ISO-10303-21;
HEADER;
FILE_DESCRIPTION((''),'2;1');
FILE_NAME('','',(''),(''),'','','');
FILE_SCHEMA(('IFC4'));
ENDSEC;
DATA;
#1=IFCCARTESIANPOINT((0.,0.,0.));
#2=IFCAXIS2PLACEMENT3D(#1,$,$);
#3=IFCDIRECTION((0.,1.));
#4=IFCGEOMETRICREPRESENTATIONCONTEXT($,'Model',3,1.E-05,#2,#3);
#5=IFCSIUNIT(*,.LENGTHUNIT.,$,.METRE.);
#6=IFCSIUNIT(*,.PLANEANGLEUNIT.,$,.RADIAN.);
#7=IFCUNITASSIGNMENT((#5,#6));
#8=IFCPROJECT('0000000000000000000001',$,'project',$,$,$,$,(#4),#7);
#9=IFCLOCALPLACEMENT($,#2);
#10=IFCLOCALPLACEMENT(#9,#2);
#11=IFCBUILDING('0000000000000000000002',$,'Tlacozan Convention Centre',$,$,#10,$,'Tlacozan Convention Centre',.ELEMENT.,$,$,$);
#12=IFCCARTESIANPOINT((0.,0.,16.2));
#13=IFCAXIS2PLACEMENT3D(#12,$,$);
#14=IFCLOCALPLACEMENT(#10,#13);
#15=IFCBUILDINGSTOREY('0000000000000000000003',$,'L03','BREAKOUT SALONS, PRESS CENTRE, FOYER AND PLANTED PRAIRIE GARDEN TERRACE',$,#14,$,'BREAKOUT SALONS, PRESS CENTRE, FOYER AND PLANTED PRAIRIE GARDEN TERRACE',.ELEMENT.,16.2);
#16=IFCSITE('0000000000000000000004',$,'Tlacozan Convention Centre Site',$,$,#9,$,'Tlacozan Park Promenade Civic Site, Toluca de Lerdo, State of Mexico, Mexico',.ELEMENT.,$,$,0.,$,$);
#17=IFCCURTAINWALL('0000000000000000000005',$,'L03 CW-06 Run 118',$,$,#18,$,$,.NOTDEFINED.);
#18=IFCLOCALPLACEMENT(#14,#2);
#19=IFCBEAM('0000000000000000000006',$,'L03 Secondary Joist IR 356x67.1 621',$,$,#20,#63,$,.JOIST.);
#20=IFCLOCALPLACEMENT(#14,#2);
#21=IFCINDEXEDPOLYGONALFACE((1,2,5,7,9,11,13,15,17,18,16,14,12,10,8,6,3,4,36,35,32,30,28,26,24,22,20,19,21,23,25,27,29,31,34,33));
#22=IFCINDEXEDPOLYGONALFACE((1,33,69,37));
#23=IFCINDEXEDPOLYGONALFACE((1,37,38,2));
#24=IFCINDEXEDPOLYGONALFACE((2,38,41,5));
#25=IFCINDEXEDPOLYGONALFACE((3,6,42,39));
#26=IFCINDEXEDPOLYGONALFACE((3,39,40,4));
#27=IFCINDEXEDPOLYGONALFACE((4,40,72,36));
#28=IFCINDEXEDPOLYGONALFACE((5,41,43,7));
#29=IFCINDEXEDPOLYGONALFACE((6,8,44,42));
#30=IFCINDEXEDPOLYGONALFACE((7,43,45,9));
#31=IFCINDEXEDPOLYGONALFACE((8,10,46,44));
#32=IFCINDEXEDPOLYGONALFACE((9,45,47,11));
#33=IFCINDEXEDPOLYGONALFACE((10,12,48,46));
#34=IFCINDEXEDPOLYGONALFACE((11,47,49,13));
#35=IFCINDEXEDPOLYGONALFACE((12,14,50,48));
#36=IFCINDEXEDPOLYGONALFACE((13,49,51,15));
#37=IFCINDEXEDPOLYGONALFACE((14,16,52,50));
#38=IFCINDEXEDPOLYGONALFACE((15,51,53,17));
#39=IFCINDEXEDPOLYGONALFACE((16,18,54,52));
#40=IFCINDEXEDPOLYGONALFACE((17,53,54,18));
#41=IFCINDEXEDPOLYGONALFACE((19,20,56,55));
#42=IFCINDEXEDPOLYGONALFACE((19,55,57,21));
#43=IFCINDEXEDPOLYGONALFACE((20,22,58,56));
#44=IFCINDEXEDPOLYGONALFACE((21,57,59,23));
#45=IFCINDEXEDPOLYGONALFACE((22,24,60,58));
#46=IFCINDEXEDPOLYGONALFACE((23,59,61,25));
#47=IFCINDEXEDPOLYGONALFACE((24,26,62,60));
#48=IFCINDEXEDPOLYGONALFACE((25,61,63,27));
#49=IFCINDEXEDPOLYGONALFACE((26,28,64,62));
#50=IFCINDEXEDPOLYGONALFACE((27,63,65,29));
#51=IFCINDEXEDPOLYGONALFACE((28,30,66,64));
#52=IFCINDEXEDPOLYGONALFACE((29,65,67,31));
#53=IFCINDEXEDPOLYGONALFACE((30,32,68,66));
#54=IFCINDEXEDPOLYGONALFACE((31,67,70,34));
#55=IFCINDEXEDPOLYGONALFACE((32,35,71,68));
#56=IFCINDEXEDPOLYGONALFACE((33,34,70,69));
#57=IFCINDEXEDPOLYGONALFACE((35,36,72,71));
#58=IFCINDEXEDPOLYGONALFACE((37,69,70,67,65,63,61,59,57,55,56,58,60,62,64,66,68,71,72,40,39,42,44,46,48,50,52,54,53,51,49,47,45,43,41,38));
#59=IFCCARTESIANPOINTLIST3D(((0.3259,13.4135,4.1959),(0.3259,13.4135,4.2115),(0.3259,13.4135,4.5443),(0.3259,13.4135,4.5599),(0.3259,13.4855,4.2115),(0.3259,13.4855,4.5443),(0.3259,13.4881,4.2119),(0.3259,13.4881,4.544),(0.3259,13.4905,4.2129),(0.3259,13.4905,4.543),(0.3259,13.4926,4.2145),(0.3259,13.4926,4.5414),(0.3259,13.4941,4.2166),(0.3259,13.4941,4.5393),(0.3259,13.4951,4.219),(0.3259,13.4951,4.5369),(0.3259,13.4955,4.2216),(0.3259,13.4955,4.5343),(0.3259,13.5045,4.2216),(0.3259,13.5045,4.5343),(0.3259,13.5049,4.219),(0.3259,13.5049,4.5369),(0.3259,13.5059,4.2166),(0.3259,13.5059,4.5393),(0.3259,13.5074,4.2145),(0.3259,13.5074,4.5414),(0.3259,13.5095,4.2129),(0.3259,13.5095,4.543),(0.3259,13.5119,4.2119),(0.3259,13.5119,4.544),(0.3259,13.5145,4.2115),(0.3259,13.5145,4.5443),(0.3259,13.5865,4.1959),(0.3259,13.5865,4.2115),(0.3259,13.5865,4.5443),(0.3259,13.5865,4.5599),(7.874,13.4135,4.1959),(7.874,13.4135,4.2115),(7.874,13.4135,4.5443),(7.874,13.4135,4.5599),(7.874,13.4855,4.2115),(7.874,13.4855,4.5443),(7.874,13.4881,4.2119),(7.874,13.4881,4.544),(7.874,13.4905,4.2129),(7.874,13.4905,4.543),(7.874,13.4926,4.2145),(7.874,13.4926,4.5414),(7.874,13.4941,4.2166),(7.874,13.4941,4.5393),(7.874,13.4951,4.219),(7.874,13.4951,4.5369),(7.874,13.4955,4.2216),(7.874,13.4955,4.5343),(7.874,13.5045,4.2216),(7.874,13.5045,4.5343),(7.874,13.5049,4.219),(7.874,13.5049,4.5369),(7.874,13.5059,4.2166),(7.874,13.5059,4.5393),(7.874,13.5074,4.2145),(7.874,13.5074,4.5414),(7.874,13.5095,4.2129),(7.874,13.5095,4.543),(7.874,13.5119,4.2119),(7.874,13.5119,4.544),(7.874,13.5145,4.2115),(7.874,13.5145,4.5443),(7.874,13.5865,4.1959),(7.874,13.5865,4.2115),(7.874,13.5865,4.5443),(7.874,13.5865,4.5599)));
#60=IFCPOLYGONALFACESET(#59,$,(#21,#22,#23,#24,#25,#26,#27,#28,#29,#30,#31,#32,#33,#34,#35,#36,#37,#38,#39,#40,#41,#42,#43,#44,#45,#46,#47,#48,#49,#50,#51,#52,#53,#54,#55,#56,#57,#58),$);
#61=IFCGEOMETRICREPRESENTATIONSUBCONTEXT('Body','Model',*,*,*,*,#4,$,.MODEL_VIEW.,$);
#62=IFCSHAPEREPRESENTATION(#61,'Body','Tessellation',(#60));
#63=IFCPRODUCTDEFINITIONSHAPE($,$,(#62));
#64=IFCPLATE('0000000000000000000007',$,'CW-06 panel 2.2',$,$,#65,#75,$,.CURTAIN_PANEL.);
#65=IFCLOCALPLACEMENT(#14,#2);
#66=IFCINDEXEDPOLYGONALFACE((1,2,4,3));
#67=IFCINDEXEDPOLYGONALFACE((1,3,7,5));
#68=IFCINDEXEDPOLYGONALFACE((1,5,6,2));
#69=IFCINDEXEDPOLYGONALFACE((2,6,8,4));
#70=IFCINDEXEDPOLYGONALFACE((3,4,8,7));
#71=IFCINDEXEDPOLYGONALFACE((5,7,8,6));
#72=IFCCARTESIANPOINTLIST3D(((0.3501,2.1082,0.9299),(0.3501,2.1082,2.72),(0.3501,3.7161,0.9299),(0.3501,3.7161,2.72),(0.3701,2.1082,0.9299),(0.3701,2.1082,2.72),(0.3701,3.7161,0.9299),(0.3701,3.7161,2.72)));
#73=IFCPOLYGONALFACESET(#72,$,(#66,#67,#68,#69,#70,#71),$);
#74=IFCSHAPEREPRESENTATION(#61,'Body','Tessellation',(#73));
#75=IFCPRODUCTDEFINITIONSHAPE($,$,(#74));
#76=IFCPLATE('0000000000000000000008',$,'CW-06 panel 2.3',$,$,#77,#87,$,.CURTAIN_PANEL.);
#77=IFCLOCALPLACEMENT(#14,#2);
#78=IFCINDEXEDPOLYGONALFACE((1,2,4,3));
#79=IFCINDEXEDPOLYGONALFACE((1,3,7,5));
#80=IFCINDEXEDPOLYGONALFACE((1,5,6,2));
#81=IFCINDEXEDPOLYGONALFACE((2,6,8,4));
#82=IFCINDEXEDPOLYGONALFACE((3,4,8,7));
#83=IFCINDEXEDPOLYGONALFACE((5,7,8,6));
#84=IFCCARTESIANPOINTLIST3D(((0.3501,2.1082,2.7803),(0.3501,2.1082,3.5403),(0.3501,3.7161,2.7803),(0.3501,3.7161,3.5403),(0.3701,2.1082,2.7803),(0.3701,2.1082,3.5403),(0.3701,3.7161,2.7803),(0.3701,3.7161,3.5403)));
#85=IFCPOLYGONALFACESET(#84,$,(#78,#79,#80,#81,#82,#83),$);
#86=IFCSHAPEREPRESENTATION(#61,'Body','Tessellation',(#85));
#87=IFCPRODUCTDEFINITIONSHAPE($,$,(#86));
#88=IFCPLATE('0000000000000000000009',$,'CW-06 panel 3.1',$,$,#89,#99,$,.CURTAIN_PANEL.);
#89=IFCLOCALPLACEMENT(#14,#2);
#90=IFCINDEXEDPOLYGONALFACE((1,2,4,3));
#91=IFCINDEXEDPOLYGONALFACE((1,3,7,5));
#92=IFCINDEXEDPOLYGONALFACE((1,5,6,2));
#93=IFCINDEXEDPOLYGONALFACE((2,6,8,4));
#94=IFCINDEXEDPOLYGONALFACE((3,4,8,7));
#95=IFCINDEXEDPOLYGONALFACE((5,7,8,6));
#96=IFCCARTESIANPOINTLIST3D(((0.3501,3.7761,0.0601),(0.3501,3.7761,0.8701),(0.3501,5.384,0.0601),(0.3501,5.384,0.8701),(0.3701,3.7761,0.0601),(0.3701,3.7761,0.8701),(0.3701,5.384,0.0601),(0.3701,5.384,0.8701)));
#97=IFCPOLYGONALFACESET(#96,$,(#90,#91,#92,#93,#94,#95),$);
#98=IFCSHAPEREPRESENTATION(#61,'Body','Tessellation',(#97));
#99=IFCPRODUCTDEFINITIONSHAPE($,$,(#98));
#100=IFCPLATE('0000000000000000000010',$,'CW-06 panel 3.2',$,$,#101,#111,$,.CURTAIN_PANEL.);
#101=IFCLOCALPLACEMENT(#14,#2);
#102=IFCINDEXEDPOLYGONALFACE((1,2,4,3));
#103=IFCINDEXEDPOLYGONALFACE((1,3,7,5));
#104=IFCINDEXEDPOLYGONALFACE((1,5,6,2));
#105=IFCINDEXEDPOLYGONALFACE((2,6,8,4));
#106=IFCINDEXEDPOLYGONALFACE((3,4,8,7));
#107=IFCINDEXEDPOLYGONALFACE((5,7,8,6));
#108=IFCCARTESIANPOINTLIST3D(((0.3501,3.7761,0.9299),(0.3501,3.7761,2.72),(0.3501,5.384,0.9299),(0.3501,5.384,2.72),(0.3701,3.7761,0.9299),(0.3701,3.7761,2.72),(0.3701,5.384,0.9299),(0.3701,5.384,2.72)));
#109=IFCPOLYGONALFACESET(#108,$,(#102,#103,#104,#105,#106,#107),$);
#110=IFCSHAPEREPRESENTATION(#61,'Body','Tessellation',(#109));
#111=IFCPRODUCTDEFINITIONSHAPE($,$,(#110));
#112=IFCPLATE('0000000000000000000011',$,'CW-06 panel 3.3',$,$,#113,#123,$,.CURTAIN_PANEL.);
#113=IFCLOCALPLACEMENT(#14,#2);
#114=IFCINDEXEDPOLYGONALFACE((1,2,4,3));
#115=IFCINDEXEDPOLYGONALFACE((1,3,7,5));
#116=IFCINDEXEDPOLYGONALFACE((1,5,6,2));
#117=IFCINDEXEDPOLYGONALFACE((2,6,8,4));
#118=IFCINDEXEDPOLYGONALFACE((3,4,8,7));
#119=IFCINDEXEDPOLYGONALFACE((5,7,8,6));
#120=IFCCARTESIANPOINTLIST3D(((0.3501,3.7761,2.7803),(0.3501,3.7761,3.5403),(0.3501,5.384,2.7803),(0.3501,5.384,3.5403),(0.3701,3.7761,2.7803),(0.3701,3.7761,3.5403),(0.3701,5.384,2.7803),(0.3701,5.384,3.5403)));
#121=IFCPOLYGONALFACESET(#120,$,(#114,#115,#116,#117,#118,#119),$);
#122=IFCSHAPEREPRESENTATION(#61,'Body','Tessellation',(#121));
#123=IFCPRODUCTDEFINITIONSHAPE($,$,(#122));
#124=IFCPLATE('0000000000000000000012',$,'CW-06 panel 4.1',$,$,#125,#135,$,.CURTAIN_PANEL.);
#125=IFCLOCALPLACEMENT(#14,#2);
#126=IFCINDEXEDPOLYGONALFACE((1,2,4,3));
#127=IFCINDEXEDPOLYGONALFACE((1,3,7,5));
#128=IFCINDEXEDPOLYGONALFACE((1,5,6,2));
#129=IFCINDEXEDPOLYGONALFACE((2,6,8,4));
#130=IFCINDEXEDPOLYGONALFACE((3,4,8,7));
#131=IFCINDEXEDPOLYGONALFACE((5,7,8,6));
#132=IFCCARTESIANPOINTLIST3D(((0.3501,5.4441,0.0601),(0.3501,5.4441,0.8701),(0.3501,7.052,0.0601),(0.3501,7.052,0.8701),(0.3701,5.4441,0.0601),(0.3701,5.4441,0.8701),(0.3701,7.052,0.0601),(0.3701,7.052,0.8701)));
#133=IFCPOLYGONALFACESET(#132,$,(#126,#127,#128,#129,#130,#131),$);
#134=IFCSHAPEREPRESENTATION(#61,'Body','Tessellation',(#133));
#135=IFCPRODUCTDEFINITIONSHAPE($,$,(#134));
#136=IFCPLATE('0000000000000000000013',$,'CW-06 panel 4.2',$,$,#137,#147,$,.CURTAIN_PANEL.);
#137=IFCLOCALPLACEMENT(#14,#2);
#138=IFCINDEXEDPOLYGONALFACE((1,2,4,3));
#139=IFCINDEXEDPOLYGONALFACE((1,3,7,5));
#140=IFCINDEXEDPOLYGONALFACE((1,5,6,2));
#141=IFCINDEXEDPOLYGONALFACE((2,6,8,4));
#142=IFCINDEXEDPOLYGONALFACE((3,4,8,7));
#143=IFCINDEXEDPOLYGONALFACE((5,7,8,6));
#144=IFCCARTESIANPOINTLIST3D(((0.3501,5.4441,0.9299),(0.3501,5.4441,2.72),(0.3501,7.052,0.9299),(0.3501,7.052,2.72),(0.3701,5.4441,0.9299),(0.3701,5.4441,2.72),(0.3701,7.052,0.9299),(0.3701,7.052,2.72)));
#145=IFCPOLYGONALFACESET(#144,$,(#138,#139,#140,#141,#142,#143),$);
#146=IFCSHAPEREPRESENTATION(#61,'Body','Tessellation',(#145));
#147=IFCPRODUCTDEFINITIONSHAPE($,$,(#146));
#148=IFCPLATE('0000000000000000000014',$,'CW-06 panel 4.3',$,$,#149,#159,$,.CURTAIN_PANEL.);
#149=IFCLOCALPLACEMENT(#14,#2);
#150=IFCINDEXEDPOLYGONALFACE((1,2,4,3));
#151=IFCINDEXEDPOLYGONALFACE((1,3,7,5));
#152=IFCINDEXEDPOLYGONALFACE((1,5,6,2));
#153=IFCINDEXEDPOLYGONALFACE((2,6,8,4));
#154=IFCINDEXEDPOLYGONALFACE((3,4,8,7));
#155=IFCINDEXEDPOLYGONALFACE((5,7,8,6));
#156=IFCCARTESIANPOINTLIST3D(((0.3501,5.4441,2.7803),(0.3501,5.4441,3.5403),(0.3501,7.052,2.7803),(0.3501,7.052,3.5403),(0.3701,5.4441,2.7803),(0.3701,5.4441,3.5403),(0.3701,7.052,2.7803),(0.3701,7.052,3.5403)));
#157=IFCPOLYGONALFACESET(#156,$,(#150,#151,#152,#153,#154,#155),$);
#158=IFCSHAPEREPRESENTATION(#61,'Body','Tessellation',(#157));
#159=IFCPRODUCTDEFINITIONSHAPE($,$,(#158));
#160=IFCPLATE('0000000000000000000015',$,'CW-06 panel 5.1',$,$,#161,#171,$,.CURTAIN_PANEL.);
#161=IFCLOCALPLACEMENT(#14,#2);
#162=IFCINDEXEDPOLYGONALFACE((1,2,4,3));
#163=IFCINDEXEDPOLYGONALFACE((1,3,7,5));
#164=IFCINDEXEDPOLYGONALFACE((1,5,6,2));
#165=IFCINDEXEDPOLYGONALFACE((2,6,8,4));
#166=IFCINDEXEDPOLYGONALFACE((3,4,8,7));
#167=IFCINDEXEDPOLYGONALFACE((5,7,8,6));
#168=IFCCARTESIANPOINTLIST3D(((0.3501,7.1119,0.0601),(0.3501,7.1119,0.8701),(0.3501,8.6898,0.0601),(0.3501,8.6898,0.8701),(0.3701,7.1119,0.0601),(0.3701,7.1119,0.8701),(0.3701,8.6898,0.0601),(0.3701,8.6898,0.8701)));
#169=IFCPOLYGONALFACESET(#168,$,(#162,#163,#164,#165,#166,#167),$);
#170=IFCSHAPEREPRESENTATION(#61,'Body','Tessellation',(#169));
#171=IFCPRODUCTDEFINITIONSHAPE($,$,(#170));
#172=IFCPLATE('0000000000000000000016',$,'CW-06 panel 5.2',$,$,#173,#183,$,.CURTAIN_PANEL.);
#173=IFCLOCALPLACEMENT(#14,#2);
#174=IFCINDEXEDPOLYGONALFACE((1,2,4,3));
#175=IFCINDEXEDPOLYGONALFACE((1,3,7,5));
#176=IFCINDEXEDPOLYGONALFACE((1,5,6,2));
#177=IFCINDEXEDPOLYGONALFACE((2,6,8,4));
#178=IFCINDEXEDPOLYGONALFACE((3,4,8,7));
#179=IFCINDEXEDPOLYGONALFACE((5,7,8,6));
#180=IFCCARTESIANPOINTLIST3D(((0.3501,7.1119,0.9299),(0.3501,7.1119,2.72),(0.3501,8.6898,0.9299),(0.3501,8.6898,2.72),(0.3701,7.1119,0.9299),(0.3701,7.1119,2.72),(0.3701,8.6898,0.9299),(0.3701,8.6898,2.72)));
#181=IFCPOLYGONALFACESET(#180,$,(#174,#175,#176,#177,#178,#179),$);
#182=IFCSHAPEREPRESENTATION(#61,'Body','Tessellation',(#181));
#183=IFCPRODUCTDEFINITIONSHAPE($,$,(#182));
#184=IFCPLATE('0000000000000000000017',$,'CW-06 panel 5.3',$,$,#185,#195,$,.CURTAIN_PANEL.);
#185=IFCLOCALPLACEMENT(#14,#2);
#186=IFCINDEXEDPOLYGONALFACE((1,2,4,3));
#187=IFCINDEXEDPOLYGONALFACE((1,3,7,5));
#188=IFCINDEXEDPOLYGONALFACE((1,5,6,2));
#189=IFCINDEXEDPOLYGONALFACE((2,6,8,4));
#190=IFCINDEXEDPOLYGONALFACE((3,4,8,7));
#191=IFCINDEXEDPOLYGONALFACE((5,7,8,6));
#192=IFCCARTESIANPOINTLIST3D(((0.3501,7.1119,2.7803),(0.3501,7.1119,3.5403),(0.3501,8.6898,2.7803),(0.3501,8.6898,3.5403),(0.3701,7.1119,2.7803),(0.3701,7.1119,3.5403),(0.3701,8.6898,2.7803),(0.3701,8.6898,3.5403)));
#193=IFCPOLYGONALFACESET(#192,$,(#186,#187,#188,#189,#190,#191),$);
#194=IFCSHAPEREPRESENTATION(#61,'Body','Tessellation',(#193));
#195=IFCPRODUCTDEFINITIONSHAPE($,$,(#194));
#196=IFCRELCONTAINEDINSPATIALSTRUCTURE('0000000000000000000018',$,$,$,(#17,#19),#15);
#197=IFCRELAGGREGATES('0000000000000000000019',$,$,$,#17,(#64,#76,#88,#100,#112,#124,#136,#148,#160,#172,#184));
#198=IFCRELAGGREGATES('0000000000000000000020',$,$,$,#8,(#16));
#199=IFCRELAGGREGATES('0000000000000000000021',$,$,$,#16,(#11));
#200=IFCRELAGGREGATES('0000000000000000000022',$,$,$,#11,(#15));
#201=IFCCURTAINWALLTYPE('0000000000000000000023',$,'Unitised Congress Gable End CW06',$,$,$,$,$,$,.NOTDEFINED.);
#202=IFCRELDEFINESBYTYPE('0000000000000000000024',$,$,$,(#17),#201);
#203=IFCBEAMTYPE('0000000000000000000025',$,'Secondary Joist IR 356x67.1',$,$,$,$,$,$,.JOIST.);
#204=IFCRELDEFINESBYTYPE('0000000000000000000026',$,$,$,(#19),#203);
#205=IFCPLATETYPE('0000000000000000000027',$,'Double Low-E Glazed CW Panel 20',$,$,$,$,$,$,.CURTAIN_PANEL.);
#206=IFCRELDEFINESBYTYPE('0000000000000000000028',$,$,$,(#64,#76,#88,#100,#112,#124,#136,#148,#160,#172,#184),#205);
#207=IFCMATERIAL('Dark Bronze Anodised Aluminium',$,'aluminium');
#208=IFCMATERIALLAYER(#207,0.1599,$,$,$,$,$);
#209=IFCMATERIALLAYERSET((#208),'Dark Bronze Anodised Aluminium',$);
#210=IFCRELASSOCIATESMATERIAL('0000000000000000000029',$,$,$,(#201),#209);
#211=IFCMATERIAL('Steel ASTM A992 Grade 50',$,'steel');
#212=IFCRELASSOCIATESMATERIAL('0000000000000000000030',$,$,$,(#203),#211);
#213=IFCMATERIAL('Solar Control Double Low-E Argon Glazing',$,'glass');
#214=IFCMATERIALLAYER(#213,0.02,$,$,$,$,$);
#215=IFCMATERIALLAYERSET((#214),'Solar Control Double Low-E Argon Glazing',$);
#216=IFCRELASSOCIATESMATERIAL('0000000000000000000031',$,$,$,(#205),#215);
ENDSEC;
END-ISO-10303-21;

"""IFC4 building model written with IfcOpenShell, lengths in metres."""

from ifc_helpers import new_model, si_unit, direction, frame, origin, origin_2d, place, context, subcontext, project, spatial, rectangle, i_section, extrude, material, layer, layer_set, material_profile, profile_set, type_object, element, aggregate, save


model = new_model("IFC4")

# Units and contexts
model_context = context("Model", 3, precision=1e-05, world=origin(), true_north=direction((0.0, 1.0)))
body_context = subcontext(model_context, "Body", "Model", "MODEL_VIEW")
ifc_project = project(units=[si_unit("LENGTHUNIT", "METRE"), si_unit("PLANEANGLEUNIT", "RADIAN")], contexts=[model_context])

# Site, building, storey
site_placement = place(None, origin())
site = spatial("IfcSite", under=ifc_project, at=site_placement, Name="Tlacozan Convention Centre Site", LongName="Tlacozan Park Promenade Civic Site, Toluca de Lerdo, State of Mexico, Mexico", CompositionType="ELEMENT", RefElevation=0.0)
building_placement = place(site_placement, origin())
building = spatial("IfcBuilding", under=site, at=building_placement, Name="Tlacozan Convention Centre", LongName="Tlacozan Convention Centre", CompositionType="ELEMENT")
storey_placement = place(building_placement, frame((0.0, 0.0, 16.2)))
storey = spatial("IfcBuildingStorey", under=building, at=storey_placement, Name="L03", Description="BREAKOUT SALONS, PRESS CENTRE, FOYER AND PLANTED PRAIRIE GARDEN TERRACE", LongName="BREAKOUT SALONS, PRESS CENTRE, FOYER AND PLANTED PRAIRIE GARDEN TERRACE", CompositionType="ELEMENT", Elevation=16.2)

# Curtain wall
ifc_material_1 = material(Name="Dark Bronze Anodised Aluminium", Category="aluminium")
ifc_layer_1 = layer(ifc_material_1, 0.1599)
ifc_layer_set_1 = layer_set([ifc_layer_1], Name="Dark Bronze Anodised Aluminium")
curtain_wall_type = type_object("IfcCurtainWallType", Name="Unitised Congress Gable End CW06", PredefinedType="NOTDEFINED", material=ifc_layer_set_1)
curtain_wall_1_placement = place(storey_placement, origin())
curtain_wall_1 = element("IfcCurtainWall", 1, at=curtain_wall_1_placement, inside=storey, type_object=curtain_wall_type, Name="L03 CW-06 Run 118", PredefinedType="NOTDEFINED")

# Beam
ifc_material_2 = material(Name="Steel ASTM A992 Grade 50", Category="steel")
ifc_material_profile_1 = material_profile(ifc_material_2, i_section(OverallWidth=0.1731, OverallDepth=0.364, WebThickness=0.009, FlangeThickness=0.0156, FilletRadius=0.01, at=origin_2d()), Name="IR 356x67.1")
ifc_profile_set_1 = profile_set([ifc_material_profile_1], Name="Steel ASTM A992 Grade 50")
beam_type_1 = type_object("IfcBeamType", Name="Secondary Joist IR 356x67.1", PredefinedType="JOIST", material=ifc_profile_set_1)
for number, where, z_axis, x_axis, name in (
    (2, (0.3259, 13.5, 4.3779), (1.0, 0.0, 0.0), (0.0, 1.0, 0.0), "L03 Secondary Joist IR 356x67.1 621"),
):
    element("IfcBeam", number, at=place(storey_placement, frame(where, z_axis=z_axis, x_axis=x_axis)), inside=storey, type_object=beam_type_1, Name=name, PredefinedType="JOIST", context=body_context, shape_type="SweptSolid", body=[
        extrude(i_section(OverallWidth=0.1731, OverallDepth=0.364, WebThickness=0.009, FlangeThickness=0.0156, FilletRadius=0.01, at=origin_2d()), origin(), (0.0, 0.0, 1.0), 7.5481),
    ])

# Plates
ifc_material_3 = material(Name="Solar Control Double Low-E Argon Glazing", Category="glass")
ifc_layer_2 = layer(ifc_material_3, 0.02)
ifc_layer_set_2 = layer_set([ifc_layer_2], Name="Solar Control Double Low-E Argon Glazing")
plate_type = type_object("IfcPlateType", Name="Double Low-E Glazed CW Panel 20", PredefinedType="CURTAIN_PANEL", material=ifc_layer_set_2)
plate_1_placement = place(storey_placement, frame((0.3601, 2.9121, 0.9299), z_axis=(0.0, 0.0, 1.0), x_axis=(0.0, 1.0, 0.0)))
plate_1 = element("IfcPlate", 3, at=plate_1_placement, type_object=plate_type, Name="CW-06 panel 2.2", PredefinedType="CURTAIN_PANEL", context=body_context, shape_type="SweptSolid", body=[
    extrude(rectangle(XDim=1.6079, YDim=0.02, at=origin_2d()), origin(), (0.0, 0.0, 1.0), 1.79),
])
plate_2_placement = place(storey_placement, frame((0.3601, 2.9121, 2.7803), z_axis=(0.0, 0.0, 1.0), x_axis=(0.0, 1.0, 0.0)))
plate_2 = element("IfcPlate", 4, at=plate_2_placement, type_object=plate_type, Name="CW-06 panel 2.3", PredefinedType="CURTAIN_PANEL", context=body_context, shape_type="SweptSolid", body=[
    extrude(rectangle(XDim=1.6079, YDim=0.02, at=origin_2d()), origin(), (0.0, 0.0, 1.0), 0.76),
])
plate_3_placement = place(storey_placement, frame((0.3601, 4.5801, 0.0601), z_axis=(0.0, 0.0, 1.0), x_axis=(0.0, 1.0, 0.0)))
plate_3 = element("IfcPlate", 5, at=plate_3_placement, type_object=plate_type, Name="CW-06 panel 3.1", PredefinedType="CURTAIN_PANEL", context=body_context, shape_type="SweptSolid", body=[
    extrude(rectangle(XDim=1.6079, YDim=0.02, at=origin_2d()), origin(), (0.0, 0.0, 1.0), 0.8101),
])
plate_4_placement = place(storey_placement, frame((0.3601, 4.5801, 0.9299), z_axis=(0.0, 0.0, 1.0), x_axis=(0.0, 1.0, 0.0)))
plate_4 = element("IfcPlate", 6, at=plate_4_placement, type_object=plate_type, Name="CW-06 panel 3.2", PredefinedType="CURTAIN_PANEL", context=body_context, shape_type="SweptSolid", body=[
    extrude(rectangle(XDim=1.6079, YDim=0.02, at=origin_2d()), origin(), (0.0, 0.0, 1.0), 1.79),
])
plate_5_placement = place(storey_placement, frame((0.3601, 4.5801, 2.7803), z_axis=(0.0, 0.0, 1.0), x_axis=(0.0, 1.0, 0.0)))
plate_5 = element("IfcPlate", 7, at=plate_5_placement, type_object=plate_type, Name="CW-06 panel 3.3", PredefinedType="CURTAIN_PANEL", context=body_context, shape_type="SweptSolid", body=[
    extrude(rectangle(XDim=1.6079, YDim=0.02, at=origin_2d()), origin(), (0.0, 0.0, 1.0), 0.76),
])
plate_6_placement = place(storey_placement, frame((0.3601, 6.248, 0.0601), z_axis=(0.0, 0.0, 1.0), x_axis=(0.0, 1.0, 0.0)))
plate_6 = element("IfcPlate", 8, at=plate_6_placement, type_object=plate_type, Name="CW-06 panel 4.1", PredefinedType="CURTAIN_PANEL", context=body_context, shape_type="SweptSolid", body=[
    extrude(rectangle(XDim=1.6079, YDim=0.02, at=origin_2d()), origin(), (0.0, 0.0, 1.0), 0.8101),
])
plate_7_placement = place(storey_placement, frame((0.3601, 6.248, 0.9299), z_axis=(0.0, 0.0, 1.0), x_axis=(0.0, 1.0, 0.0)))
plate_7 = element("IfcPlate", 9, at=plate_7_placement, type_object=plate_type, Name="CW-06 panel 4.2", PredefinedType="CURTAIN_PANEL", context=body_context, shape_type="SweptSolid", body=[
    extrude(rectangle(XDim=1.6079, YDim=0.02, at=origin_2d()), origin(), (0.0, 0.0, 1.0), 1.79),
])
plate_8_placement = place(storey_placement, frame((0.3601, 6.248, 2.7803), z_axis=(0.0, 0.0, 1.0), x_axis=(0.0, 1.0, 0.0)))
plate_8 = element("IfcPlate", 10, at=plate_8_placement, type_object=plate_type, Name="CW-06 panel 4.3", PredefinedType="CURTAIN_PANEL", context=body_context, shape_type="SweptSolid", body=[
    extrude(rectangle(XDim=1.6079, YDim=0.02, at=origin_2d()), origin(), (0.0, 0.0, 1.0), 0.76),
])
plate_9_placement = place(storey_placement, frame((0.3601, 7.9009, 0.0601), z_axis=(0.0, 0.0, 1.0), x_axis=(0.0, 1.0, 0.0)))
plate_9 = element("IfcPlate", 11, at=plate_9_placement, type_object=plate_type, Name="CW-06 panel 5.1", PredefinedType="CURTAIN_PANEL", context=body_context, shape_type="SweptSolid", body=[
    extrude(rectangle(XDim=1.5779, YDim=0.02, at=origin_2d()), origin(), (0.0, 0.0, 1.0), 0.8101),
])
plate_10_placement = place(storey_placement, frame((0.3601, 7.9009, 0.9299), z_axis=(0.0, 0.0, 1.0), x_axis=(0.0, 1.0, 0.0)))
plate_10 = element("IfcPlate", 12, at=plate_10_placement, type_object=plate_type, Name="CW-06 panel 5.2", PredefinedType="CURTAIN_PANEL", context=body_context, shape_type="SweptSolid", body=[
    extrude(rectangle(XDim=1.5779, YDim=0.02, at=origin_2d()), origin(), (0.0, 0.0, 1.0), 1.79),
])
plate_11_placement = place(storey_placement, frame((0.3601, 7.9009, 2.7803), z_axis=(0.0, 0.0, 1.0), x_axis=(0.0, 1.0, 0.0)))
plate_11 = element("IfcPlate", 13, at=plate_11_placement, type_object=plate_type, Name="CW-06 panel 5.3", PredefinedType="CURTAIN_PANEL", context=body_context, shape_type="SweptSolid", body=[
    extrude(rectangle(XDim=1.5779, YDim=0.02, at=origin_2d()), origin(), (0.0, 0.0, 1.0), 0.76),
])
aggregate(curtain_wall_1, [plate_1, plate_2, plate_3, plate_4, plate_5, plate_6, plate_7, plate_8, plate_9, plate_10, plate_11])

save(model, "model.ifc")
